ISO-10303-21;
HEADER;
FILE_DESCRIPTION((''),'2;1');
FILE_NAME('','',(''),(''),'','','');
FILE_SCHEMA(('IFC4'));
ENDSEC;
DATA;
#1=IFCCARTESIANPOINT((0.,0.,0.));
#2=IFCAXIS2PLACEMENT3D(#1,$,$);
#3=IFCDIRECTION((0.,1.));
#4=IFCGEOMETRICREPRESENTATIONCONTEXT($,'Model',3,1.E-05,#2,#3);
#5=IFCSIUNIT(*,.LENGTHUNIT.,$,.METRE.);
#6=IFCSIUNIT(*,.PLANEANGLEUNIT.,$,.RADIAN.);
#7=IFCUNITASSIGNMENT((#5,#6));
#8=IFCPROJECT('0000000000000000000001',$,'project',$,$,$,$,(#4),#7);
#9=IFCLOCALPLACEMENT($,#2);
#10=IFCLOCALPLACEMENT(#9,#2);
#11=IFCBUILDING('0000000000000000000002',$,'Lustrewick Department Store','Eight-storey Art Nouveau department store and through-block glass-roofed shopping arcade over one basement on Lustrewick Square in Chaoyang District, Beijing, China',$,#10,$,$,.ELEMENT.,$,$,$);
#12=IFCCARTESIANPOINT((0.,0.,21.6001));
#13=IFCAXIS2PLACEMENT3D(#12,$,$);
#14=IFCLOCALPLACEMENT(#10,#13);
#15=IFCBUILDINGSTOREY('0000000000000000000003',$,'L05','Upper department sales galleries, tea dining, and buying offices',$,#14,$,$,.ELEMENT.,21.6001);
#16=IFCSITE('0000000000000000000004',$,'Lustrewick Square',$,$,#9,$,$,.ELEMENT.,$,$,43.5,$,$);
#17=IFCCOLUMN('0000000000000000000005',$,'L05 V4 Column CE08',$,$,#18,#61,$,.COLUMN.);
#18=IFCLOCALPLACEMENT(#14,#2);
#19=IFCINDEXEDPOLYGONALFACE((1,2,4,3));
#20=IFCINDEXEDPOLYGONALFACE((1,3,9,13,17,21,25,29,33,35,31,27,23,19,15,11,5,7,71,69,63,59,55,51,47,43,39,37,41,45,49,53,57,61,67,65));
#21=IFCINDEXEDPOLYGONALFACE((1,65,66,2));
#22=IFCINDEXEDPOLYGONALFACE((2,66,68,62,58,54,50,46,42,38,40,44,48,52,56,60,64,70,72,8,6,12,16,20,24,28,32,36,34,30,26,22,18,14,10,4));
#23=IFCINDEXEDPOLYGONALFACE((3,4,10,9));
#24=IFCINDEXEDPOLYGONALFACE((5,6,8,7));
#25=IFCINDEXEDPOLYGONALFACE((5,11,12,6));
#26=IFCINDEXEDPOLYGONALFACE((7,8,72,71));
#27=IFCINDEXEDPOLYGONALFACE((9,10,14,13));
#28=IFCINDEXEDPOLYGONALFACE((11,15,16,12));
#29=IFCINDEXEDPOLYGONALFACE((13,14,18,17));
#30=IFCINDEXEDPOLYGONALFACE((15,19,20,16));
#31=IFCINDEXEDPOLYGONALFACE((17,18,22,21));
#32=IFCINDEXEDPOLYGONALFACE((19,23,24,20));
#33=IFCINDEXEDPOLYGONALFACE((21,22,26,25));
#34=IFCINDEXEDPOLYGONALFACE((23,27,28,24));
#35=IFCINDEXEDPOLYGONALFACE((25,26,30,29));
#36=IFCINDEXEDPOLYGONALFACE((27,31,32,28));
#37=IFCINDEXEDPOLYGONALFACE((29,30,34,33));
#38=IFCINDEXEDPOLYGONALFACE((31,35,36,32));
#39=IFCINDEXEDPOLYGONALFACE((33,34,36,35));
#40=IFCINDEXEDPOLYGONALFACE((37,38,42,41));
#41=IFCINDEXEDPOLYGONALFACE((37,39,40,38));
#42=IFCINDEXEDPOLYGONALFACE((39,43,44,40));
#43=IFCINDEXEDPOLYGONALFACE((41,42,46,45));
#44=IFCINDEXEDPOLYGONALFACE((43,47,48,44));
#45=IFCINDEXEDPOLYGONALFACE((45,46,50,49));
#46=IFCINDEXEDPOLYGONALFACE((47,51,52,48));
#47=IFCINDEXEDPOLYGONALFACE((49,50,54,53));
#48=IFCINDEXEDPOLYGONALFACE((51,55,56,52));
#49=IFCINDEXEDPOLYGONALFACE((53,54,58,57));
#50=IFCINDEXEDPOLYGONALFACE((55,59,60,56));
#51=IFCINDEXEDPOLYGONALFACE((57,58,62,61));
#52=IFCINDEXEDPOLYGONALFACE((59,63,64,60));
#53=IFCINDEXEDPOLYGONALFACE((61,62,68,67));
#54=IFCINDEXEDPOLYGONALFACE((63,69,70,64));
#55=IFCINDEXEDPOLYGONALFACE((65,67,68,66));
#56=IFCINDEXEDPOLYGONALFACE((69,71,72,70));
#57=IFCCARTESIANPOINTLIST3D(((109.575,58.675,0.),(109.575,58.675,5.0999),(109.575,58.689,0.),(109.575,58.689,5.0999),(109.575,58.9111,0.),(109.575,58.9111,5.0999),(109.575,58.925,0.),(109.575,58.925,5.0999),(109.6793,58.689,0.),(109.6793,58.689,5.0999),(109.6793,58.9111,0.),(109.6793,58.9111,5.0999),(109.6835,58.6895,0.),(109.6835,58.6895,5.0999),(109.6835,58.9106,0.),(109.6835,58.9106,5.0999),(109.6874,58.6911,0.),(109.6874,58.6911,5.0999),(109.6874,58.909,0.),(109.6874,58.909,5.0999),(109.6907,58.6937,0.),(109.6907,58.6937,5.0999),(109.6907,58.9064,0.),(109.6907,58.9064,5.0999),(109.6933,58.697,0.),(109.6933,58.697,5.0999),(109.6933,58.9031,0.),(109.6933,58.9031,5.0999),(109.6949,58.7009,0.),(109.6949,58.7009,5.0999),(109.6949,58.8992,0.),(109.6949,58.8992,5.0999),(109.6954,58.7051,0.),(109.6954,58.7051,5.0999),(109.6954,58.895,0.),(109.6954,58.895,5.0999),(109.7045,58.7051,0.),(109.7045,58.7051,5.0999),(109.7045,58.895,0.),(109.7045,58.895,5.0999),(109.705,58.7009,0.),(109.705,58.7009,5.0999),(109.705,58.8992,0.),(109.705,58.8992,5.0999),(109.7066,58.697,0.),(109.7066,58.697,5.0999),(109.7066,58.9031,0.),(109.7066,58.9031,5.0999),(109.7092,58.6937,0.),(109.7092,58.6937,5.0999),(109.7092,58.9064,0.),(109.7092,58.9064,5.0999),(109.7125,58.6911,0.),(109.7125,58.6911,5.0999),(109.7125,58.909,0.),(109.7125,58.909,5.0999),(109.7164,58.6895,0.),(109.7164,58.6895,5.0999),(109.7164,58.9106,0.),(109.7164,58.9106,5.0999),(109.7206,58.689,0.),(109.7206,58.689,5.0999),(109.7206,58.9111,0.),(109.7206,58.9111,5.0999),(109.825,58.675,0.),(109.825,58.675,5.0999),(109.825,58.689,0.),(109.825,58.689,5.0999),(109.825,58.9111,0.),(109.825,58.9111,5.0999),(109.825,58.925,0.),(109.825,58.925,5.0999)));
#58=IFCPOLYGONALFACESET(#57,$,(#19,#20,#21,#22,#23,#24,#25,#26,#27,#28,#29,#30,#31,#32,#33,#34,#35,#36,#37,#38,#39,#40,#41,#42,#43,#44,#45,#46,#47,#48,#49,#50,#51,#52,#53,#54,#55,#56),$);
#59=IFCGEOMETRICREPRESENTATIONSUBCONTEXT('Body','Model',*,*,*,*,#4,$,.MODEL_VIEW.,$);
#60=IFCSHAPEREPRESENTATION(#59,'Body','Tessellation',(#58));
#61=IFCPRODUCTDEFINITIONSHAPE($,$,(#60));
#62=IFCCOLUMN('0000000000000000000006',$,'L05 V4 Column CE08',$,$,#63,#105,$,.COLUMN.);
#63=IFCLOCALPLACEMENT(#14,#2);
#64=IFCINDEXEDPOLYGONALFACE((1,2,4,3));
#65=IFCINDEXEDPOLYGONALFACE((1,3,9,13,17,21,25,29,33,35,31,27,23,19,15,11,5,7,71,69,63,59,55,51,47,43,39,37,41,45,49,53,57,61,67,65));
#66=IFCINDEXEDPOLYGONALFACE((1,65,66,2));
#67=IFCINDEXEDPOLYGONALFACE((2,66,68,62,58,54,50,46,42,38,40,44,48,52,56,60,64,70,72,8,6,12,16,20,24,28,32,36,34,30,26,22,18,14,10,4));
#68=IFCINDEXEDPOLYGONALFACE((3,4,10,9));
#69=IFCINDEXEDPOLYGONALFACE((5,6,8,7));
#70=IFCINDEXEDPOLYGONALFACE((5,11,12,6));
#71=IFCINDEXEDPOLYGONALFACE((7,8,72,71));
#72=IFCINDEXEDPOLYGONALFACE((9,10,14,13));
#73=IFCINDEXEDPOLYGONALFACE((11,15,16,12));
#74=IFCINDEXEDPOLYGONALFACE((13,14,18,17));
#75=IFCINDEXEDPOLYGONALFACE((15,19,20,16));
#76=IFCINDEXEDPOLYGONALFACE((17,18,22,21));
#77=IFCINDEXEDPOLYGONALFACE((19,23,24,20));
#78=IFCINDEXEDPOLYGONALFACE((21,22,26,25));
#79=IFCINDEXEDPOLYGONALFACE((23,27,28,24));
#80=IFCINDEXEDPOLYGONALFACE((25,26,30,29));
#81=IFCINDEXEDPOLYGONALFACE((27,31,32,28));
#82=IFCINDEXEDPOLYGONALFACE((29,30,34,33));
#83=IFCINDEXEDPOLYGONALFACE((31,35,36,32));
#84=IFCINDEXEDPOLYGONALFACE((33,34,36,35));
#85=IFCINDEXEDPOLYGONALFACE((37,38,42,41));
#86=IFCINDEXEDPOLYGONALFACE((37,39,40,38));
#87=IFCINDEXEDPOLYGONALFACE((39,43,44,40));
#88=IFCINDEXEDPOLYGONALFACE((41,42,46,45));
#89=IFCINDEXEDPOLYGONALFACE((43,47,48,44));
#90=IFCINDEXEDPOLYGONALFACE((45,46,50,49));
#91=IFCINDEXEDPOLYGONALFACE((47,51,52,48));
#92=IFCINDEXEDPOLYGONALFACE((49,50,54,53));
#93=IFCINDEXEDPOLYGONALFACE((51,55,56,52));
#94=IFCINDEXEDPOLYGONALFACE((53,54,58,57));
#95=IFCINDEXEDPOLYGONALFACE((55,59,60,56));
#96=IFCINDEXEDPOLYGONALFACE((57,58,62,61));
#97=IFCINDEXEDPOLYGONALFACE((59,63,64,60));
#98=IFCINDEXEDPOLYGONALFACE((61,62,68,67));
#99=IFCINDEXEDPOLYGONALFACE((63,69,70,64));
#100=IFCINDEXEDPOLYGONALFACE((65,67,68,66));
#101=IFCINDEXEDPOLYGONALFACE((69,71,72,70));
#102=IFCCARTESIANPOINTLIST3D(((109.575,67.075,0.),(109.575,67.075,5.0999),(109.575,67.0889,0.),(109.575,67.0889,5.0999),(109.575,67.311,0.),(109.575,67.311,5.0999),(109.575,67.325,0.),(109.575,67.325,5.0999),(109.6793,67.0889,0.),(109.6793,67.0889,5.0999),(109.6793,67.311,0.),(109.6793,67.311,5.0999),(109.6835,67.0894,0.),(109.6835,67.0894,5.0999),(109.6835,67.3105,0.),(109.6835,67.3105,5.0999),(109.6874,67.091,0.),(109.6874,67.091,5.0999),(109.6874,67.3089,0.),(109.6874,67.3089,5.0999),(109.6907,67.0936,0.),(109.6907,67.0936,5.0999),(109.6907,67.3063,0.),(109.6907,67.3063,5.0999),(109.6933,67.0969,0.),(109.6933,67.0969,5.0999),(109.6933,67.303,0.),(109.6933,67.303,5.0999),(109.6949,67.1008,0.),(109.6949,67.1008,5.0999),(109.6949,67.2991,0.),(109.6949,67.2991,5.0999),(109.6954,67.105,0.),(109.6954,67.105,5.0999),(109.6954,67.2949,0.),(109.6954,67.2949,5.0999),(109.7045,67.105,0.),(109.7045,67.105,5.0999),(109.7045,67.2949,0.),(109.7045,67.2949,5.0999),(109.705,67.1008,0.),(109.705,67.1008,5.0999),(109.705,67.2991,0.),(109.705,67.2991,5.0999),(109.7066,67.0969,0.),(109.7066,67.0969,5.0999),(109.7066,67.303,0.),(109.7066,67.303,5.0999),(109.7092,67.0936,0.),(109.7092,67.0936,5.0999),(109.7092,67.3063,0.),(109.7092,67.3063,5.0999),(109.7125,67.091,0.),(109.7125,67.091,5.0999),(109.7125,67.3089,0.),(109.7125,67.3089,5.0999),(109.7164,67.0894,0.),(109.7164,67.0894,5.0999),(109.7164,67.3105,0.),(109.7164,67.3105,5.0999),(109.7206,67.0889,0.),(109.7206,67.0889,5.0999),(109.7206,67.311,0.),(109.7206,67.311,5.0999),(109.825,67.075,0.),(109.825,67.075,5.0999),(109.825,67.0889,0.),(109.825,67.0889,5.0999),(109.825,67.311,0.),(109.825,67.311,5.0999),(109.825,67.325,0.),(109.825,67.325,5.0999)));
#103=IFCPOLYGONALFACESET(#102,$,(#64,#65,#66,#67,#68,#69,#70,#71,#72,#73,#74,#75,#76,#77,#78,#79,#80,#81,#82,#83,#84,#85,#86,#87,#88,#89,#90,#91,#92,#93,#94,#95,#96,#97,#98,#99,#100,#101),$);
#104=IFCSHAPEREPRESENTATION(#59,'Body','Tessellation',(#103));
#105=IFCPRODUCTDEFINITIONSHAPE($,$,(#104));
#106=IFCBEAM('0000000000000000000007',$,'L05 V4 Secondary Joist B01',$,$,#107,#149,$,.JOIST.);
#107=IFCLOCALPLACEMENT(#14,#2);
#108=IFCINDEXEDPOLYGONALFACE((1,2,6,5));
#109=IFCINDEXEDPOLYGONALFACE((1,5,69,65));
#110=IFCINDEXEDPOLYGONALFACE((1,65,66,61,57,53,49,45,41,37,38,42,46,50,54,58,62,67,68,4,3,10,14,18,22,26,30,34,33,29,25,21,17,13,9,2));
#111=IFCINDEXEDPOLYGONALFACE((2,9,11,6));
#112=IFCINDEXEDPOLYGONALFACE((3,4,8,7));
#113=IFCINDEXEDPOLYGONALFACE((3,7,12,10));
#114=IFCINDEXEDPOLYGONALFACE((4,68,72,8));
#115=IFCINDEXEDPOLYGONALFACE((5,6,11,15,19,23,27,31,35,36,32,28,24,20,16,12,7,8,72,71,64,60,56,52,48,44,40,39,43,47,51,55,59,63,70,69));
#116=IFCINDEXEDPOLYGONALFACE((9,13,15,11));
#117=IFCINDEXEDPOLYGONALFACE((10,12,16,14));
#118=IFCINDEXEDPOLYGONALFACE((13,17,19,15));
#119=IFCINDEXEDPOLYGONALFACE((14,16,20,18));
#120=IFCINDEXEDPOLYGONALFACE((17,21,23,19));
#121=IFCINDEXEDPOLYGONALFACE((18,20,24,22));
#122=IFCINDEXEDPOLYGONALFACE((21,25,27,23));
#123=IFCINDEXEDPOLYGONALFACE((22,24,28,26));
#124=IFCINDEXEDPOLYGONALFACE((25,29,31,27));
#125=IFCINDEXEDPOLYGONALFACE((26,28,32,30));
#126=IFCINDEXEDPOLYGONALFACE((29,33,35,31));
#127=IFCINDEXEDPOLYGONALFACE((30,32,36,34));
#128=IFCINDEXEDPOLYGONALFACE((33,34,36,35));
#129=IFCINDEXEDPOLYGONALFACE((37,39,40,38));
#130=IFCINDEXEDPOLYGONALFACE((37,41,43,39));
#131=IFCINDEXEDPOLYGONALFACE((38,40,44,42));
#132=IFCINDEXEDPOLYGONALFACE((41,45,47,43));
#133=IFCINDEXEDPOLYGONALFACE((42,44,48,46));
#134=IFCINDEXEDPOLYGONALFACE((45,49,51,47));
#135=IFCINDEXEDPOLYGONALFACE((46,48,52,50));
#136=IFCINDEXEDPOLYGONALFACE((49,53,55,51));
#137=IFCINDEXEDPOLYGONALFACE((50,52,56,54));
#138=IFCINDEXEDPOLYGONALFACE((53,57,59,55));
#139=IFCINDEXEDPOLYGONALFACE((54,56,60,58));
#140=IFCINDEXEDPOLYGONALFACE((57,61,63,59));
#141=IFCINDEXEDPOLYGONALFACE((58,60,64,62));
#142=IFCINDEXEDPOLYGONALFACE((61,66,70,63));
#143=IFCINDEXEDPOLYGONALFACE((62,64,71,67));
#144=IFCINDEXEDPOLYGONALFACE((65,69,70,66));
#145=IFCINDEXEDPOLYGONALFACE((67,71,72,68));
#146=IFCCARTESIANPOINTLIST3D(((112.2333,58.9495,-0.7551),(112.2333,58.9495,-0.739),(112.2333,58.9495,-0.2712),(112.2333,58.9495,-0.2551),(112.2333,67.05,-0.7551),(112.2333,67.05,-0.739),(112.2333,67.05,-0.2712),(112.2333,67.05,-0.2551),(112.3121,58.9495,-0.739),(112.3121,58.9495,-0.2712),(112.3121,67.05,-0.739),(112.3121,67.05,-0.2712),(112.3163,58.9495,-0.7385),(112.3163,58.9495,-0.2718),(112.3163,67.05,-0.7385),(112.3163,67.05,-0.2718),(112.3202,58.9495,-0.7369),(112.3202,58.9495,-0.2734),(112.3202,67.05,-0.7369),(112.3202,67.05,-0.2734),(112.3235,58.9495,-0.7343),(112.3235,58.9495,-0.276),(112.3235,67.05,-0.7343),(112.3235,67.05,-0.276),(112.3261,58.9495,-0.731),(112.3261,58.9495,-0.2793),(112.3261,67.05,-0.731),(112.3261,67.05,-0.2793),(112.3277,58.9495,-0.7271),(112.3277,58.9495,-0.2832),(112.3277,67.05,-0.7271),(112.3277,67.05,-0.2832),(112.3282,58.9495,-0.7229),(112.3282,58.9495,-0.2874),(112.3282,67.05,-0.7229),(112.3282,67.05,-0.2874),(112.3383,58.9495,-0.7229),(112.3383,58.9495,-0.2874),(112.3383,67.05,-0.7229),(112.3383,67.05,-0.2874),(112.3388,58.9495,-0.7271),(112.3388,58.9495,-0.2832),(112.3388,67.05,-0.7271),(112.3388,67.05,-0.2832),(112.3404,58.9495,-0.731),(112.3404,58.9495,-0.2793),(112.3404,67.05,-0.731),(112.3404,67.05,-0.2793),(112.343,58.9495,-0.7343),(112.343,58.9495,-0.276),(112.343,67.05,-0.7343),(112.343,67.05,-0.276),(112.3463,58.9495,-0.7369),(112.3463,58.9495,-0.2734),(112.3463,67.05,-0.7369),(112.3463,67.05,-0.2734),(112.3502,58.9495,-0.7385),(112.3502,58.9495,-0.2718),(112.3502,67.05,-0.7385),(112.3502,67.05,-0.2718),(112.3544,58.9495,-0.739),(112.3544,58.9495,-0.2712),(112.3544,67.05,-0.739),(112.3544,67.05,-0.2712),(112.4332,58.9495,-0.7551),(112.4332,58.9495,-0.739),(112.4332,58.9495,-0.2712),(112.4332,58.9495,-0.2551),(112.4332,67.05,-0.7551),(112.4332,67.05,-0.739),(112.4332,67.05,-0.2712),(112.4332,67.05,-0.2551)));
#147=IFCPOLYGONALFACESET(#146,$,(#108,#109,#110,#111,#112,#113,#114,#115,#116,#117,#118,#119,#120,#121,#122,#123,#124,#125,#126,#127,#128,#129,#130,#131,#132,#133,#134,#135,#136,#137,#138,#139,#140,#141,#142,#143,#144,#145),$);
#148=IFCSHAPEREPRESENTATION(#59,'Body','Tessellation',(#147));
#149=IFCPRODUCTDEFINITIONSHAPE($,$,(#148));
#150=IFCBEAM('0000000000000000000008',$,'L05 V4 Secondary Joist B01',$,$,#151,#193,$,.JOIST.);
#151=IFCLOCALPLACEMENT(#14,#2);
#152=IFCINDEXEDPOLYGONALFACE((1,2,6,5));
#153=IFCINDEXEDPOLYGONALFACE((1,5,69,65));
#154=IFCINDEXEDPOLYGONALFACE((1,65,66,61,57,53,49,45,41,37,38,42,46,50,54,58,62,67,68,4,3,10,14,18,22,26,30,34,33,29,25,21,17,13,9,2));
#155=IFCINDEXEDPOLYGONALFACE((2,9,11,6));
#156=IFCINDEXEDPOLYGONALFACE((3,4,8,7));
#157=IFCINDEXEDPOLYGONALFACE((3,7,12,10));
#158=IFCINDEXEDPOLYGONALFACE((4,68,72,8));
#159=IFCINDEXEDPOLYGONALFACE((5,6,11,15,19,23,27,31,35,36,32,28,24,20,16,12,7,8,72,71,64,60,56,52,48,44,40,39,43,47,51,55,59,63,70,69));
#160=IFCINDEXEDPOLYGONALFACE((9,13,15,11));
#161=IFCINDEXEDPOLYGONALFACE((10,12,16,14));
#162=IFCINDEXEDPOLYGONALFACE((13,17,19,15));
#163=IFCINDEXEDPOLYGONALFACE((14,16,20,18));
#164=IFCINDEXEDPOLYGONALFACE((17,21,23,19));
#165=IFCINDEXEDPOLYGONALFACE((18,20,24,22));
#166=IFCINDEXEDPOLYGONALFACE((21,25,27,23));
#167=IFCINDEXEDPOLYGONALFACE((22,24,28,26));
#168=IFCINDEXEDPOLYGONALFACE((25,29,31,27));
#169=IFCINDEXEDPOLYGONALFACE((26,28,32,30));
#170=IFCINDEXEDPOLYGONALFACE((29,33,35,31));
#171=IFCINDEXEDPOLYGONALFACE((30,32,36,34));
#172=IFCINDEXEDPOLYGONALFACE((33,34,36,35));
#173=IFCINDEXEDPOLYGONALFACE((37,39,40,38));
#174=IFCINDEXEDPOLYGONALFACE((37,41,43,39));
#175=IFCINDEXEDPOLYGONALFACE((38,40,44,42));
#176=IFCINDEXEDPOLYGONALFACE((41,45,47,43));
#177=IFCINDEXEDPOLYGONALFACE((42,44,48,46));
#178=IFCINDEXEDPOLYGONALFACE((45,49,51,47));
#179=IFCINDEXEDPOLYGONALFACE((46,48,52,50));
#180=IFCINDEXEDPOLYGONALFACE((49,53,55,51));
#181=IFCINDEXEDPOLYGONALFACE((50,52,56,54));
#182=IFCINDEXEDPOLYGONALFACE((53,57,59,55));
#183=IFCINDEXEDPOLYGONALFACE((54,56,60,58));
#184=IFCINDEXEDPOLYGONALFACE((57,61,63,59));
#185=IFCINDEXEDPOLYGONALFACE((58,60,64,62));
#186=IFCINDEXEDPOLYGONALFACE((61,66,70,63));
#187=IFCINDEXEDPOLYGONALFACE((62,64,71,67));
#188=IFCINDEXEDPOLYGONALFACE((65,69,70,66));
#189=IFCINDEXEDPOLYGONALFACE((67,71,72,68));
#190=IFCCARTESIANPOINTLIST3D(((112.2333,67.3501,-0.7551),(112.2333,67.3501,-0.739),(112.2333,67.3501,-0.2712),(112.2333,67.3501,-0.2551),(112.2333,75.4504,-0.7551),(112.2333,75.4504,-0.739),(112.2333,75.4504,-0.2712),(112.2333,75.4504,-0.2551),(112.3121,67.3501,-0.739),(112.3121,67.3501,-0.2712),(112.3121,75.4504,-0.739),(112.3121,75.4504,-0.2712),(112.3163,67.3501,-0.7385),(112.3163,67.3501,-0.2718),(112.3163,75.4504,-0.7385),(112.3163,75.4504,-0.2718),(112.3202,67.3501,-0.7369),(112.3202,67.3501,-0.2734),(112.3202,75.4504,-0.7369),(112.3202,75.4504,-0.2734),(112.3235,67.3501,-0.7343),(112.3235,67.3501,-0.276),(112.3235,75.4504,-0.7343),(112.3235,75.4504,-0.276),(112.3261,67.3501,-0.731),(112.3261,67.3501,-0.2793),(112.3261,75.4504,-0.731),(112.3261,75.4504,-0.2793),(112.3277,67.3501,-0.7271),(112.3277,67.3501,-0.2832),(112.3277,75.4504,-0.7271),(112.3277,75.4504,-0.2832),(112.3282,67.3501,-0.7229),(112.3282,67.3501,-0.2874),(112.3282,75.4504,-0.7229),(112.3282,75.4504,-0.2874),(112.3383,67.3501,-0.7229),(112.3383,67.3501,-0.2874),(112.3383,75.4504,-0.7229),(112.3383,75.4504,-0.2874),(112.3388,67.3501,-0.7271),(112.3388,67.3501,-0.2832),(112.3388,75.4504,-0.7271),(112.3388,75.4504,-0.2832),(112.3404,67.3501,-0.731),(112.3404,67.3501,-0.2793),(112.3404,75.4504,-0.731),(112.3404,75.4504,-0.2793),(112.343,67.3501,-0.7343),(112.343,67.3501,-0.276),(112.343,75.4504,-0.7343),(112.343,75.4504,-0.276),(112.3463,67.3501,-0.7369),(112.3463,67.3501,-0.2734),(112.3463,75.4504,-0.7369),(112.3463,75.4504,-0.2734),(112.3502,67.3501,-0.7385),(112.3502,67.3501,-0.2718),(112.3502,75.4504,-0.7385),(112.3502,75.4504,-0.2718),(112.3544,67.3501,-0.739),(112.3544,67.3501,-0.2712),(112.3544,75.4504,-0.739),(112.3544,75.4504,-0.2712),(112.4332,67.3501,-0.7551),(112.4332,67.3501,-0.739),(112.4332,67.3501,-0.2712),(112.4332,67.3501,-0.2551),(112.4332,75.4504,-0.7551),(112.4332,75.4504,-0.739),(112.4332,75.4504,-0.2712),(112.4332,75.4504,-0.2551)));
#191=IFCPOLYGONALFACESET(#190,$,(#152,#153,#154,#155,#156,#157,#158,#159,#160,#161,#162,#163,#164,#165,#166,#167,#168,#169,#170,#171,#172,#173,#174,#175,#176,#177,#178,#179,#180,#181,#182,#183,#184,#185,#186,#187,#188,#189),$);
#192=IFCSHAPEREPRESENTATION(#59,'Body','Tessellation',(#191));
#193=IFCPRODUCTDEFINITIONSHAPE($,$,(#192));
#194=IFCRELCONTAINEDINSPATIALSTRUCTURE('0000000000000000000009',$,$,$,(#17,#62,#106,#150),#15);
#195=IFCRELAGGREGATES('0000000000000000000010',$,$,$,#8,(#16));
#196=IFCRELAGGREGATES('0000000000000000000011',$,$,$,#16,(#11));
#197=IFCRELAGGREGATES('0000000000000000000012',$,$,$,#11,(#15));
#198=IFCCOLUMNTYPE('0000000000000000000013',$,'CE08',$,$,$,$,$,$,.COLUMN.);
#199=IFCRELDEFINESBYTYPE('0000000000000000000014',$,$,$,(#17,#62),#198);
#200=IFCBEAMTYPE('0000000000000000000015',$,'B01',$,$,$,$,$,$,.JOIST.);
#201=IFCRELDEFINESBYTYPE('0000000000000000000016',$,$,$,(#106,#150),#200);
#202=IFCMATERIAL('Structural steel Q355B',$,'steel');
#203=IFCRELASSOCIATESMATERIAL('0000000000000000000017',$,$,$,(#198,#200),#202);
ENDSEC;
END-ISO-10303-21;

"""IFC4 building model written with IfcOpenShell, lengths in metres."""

from ifc_helpers import new_model, si_unit, direction, frame, origin, origin_2d, place, context, subcontext, project, spatial, i_section, extrude, material, material_profile, profile_set, type_object, element, save


model = new_model("IFC4")

# Units and contexts
model_context = context("Model", 3, precision=1e-05, world=origin(), true_north=direction((0.0, 1.0)))
body_context = subcontext(model_context, "Body", "Model", "MODEL_VIEW")
ifc_project = project(units=[si_unit("LENGTHUNIT", "METRE"), si_unit("PLANEANGLEUNIT", "RADIAN")], contexts=[model_context])

# Site, building, storey
site_placement = place(None, origin())
site = spatial("IfcSite", under=ifc_project, at=site_placement, Name="Lustrewick Square", CompositionType="ELEMENT", RefElevation=43.5)
building_placement = place(site_placement, origin())
building = spatial("IfcBuilding", under=site, at=building_placement, Name="Lustrewick Department Store", Description="Eight-storey Art Nouveau department store and through-block glass-roofed shopping arcade over one basement on Lustrewick Square in Chaoyang District, Beijing, China", CompositionType="ELEMENT")
storey_placement = place(building_placement, frame((0.0, 0.0, 21.6001)))
storey = spatial("IfcBuildingStorey", under=building, at=storey_placement, Name="L05", Description="Upper department sales galleries, tea dining, and buying offices", CompositionType="ELEMENT", Elevation=21.6001)

# Columns
ifc_material_1 = material(Name="Structural steel Q355B", Category="steel")
ifc_material_profile_1 = material_profile(ifc_material_1, i_section(OverallWidth=0.25, OverallDepth=0.25, WebThickness=0.009, FlangeThickness=0.0139, FilletRadius=0.0161, at=origin_2d()), Name="HW 250x250x9x14")
ifc_profile_set_1 = profile_set([ifc_material_profile_1], Name="Structural steel Q355B")
column_type = type_object("IfcColumnType", Name="CE08", PredefinedType="COLUMN", material=ifc_profile_set_1)
for number, where, z_axis, x_axis, name in (
    (1, (109.7, 58.8, 0.0), (0.0, 0.0, 1.0), (1.0, 0.0, 0.0), "L05 V4 Column CE08"),
    (2, (109.7, 67.2, 0.0), (0.0, 0.0, 1.0), (1.0, 0.0, 0.0), "L05 V4 Column CE08"),
):
    element("IfcColumn", number, at=place(storey_placement, frame(where, z_axis=z_axis, x_axis=x_axis)), inside=storey, type_object=column_type, Name=name, PredefinedType="COLUMN", context=body_context, shape_type="SweptSolid", body=[
        extrude(i_section(OverallWidth=0.25, OverallDepth=0.25, WebThickness=0.009, FlangeThickness=0.0139, FilletRadius=0.0161, at=origin_2d()), origin(), (0.0, 0.0, 1.0), 5.0999),
    ])

# Beams
ifc_material_profile_2 = material_profile(ifc_material_1, i_section(OverallWidth=0.2, OverallDepth=0.5, WebThickness=0.01, FlangeThickness=0.0161, FilletRadius=0.0161, at=origin_2d()), Name="HN 500x200x10x16")
ifc_profile_set_2 = profile_set([ifc_material_profile_2], Name="Structural steel Q355B")
beam_type_1 = type_object("IfcBeamType", Name="B01", PredefinedType="JOIST", material=ifc_profile_set_2)
beam_1_placement = place(storey_placement, frame((112.3333, 58.9495, -0.5051), z_axis=(0.0, 1.0, 0.0), x_axis=(-1.0, 0.0, 0.0)))
element("IfcBeam", 3, at=beam_1_placement, inside=storey, type_object=beam_type_1, Name="L05 V4 Secondary Joist B01", PredefinedType="JOIST", context=body_context, shape_type="SweptSolid", body=[
    extrude(i_section(OverallWidth=0.2, OverallDepth=0.5, WebThickness=0.01, FlangeThickness=0.0161, FilletRadius=0.0161, at=origin_2d()), origin(), (0.0, 0.0, 1.0), 8.1006),
])
beam_2_placement = place(storey_placement, frame((112.3333, 67.3501, -0.5051), z_axis=(0.0, 1.0, 0.0), x_axis=(-1.0, 0.0, 0.0)))
element("IfcBeam", 4, at=beam_2_placement, inside=storey, type_object=beam_type_1, Name="L05 V4 Secondary Joist B01", PredefinedType="JOIST", context=body_context, shape_type="SweptSolid", body=[
    extrude(i_section(OverallWidth=0.2, OverallDepth=0.5, WebThickness=0.01, FlangeThickness=0.0161, FilletRadius=0.0161, at=origin_2d()), origin(), (0.0, 0.0, 1.0), 8.1003),
])

save(model, "model.ifc")
